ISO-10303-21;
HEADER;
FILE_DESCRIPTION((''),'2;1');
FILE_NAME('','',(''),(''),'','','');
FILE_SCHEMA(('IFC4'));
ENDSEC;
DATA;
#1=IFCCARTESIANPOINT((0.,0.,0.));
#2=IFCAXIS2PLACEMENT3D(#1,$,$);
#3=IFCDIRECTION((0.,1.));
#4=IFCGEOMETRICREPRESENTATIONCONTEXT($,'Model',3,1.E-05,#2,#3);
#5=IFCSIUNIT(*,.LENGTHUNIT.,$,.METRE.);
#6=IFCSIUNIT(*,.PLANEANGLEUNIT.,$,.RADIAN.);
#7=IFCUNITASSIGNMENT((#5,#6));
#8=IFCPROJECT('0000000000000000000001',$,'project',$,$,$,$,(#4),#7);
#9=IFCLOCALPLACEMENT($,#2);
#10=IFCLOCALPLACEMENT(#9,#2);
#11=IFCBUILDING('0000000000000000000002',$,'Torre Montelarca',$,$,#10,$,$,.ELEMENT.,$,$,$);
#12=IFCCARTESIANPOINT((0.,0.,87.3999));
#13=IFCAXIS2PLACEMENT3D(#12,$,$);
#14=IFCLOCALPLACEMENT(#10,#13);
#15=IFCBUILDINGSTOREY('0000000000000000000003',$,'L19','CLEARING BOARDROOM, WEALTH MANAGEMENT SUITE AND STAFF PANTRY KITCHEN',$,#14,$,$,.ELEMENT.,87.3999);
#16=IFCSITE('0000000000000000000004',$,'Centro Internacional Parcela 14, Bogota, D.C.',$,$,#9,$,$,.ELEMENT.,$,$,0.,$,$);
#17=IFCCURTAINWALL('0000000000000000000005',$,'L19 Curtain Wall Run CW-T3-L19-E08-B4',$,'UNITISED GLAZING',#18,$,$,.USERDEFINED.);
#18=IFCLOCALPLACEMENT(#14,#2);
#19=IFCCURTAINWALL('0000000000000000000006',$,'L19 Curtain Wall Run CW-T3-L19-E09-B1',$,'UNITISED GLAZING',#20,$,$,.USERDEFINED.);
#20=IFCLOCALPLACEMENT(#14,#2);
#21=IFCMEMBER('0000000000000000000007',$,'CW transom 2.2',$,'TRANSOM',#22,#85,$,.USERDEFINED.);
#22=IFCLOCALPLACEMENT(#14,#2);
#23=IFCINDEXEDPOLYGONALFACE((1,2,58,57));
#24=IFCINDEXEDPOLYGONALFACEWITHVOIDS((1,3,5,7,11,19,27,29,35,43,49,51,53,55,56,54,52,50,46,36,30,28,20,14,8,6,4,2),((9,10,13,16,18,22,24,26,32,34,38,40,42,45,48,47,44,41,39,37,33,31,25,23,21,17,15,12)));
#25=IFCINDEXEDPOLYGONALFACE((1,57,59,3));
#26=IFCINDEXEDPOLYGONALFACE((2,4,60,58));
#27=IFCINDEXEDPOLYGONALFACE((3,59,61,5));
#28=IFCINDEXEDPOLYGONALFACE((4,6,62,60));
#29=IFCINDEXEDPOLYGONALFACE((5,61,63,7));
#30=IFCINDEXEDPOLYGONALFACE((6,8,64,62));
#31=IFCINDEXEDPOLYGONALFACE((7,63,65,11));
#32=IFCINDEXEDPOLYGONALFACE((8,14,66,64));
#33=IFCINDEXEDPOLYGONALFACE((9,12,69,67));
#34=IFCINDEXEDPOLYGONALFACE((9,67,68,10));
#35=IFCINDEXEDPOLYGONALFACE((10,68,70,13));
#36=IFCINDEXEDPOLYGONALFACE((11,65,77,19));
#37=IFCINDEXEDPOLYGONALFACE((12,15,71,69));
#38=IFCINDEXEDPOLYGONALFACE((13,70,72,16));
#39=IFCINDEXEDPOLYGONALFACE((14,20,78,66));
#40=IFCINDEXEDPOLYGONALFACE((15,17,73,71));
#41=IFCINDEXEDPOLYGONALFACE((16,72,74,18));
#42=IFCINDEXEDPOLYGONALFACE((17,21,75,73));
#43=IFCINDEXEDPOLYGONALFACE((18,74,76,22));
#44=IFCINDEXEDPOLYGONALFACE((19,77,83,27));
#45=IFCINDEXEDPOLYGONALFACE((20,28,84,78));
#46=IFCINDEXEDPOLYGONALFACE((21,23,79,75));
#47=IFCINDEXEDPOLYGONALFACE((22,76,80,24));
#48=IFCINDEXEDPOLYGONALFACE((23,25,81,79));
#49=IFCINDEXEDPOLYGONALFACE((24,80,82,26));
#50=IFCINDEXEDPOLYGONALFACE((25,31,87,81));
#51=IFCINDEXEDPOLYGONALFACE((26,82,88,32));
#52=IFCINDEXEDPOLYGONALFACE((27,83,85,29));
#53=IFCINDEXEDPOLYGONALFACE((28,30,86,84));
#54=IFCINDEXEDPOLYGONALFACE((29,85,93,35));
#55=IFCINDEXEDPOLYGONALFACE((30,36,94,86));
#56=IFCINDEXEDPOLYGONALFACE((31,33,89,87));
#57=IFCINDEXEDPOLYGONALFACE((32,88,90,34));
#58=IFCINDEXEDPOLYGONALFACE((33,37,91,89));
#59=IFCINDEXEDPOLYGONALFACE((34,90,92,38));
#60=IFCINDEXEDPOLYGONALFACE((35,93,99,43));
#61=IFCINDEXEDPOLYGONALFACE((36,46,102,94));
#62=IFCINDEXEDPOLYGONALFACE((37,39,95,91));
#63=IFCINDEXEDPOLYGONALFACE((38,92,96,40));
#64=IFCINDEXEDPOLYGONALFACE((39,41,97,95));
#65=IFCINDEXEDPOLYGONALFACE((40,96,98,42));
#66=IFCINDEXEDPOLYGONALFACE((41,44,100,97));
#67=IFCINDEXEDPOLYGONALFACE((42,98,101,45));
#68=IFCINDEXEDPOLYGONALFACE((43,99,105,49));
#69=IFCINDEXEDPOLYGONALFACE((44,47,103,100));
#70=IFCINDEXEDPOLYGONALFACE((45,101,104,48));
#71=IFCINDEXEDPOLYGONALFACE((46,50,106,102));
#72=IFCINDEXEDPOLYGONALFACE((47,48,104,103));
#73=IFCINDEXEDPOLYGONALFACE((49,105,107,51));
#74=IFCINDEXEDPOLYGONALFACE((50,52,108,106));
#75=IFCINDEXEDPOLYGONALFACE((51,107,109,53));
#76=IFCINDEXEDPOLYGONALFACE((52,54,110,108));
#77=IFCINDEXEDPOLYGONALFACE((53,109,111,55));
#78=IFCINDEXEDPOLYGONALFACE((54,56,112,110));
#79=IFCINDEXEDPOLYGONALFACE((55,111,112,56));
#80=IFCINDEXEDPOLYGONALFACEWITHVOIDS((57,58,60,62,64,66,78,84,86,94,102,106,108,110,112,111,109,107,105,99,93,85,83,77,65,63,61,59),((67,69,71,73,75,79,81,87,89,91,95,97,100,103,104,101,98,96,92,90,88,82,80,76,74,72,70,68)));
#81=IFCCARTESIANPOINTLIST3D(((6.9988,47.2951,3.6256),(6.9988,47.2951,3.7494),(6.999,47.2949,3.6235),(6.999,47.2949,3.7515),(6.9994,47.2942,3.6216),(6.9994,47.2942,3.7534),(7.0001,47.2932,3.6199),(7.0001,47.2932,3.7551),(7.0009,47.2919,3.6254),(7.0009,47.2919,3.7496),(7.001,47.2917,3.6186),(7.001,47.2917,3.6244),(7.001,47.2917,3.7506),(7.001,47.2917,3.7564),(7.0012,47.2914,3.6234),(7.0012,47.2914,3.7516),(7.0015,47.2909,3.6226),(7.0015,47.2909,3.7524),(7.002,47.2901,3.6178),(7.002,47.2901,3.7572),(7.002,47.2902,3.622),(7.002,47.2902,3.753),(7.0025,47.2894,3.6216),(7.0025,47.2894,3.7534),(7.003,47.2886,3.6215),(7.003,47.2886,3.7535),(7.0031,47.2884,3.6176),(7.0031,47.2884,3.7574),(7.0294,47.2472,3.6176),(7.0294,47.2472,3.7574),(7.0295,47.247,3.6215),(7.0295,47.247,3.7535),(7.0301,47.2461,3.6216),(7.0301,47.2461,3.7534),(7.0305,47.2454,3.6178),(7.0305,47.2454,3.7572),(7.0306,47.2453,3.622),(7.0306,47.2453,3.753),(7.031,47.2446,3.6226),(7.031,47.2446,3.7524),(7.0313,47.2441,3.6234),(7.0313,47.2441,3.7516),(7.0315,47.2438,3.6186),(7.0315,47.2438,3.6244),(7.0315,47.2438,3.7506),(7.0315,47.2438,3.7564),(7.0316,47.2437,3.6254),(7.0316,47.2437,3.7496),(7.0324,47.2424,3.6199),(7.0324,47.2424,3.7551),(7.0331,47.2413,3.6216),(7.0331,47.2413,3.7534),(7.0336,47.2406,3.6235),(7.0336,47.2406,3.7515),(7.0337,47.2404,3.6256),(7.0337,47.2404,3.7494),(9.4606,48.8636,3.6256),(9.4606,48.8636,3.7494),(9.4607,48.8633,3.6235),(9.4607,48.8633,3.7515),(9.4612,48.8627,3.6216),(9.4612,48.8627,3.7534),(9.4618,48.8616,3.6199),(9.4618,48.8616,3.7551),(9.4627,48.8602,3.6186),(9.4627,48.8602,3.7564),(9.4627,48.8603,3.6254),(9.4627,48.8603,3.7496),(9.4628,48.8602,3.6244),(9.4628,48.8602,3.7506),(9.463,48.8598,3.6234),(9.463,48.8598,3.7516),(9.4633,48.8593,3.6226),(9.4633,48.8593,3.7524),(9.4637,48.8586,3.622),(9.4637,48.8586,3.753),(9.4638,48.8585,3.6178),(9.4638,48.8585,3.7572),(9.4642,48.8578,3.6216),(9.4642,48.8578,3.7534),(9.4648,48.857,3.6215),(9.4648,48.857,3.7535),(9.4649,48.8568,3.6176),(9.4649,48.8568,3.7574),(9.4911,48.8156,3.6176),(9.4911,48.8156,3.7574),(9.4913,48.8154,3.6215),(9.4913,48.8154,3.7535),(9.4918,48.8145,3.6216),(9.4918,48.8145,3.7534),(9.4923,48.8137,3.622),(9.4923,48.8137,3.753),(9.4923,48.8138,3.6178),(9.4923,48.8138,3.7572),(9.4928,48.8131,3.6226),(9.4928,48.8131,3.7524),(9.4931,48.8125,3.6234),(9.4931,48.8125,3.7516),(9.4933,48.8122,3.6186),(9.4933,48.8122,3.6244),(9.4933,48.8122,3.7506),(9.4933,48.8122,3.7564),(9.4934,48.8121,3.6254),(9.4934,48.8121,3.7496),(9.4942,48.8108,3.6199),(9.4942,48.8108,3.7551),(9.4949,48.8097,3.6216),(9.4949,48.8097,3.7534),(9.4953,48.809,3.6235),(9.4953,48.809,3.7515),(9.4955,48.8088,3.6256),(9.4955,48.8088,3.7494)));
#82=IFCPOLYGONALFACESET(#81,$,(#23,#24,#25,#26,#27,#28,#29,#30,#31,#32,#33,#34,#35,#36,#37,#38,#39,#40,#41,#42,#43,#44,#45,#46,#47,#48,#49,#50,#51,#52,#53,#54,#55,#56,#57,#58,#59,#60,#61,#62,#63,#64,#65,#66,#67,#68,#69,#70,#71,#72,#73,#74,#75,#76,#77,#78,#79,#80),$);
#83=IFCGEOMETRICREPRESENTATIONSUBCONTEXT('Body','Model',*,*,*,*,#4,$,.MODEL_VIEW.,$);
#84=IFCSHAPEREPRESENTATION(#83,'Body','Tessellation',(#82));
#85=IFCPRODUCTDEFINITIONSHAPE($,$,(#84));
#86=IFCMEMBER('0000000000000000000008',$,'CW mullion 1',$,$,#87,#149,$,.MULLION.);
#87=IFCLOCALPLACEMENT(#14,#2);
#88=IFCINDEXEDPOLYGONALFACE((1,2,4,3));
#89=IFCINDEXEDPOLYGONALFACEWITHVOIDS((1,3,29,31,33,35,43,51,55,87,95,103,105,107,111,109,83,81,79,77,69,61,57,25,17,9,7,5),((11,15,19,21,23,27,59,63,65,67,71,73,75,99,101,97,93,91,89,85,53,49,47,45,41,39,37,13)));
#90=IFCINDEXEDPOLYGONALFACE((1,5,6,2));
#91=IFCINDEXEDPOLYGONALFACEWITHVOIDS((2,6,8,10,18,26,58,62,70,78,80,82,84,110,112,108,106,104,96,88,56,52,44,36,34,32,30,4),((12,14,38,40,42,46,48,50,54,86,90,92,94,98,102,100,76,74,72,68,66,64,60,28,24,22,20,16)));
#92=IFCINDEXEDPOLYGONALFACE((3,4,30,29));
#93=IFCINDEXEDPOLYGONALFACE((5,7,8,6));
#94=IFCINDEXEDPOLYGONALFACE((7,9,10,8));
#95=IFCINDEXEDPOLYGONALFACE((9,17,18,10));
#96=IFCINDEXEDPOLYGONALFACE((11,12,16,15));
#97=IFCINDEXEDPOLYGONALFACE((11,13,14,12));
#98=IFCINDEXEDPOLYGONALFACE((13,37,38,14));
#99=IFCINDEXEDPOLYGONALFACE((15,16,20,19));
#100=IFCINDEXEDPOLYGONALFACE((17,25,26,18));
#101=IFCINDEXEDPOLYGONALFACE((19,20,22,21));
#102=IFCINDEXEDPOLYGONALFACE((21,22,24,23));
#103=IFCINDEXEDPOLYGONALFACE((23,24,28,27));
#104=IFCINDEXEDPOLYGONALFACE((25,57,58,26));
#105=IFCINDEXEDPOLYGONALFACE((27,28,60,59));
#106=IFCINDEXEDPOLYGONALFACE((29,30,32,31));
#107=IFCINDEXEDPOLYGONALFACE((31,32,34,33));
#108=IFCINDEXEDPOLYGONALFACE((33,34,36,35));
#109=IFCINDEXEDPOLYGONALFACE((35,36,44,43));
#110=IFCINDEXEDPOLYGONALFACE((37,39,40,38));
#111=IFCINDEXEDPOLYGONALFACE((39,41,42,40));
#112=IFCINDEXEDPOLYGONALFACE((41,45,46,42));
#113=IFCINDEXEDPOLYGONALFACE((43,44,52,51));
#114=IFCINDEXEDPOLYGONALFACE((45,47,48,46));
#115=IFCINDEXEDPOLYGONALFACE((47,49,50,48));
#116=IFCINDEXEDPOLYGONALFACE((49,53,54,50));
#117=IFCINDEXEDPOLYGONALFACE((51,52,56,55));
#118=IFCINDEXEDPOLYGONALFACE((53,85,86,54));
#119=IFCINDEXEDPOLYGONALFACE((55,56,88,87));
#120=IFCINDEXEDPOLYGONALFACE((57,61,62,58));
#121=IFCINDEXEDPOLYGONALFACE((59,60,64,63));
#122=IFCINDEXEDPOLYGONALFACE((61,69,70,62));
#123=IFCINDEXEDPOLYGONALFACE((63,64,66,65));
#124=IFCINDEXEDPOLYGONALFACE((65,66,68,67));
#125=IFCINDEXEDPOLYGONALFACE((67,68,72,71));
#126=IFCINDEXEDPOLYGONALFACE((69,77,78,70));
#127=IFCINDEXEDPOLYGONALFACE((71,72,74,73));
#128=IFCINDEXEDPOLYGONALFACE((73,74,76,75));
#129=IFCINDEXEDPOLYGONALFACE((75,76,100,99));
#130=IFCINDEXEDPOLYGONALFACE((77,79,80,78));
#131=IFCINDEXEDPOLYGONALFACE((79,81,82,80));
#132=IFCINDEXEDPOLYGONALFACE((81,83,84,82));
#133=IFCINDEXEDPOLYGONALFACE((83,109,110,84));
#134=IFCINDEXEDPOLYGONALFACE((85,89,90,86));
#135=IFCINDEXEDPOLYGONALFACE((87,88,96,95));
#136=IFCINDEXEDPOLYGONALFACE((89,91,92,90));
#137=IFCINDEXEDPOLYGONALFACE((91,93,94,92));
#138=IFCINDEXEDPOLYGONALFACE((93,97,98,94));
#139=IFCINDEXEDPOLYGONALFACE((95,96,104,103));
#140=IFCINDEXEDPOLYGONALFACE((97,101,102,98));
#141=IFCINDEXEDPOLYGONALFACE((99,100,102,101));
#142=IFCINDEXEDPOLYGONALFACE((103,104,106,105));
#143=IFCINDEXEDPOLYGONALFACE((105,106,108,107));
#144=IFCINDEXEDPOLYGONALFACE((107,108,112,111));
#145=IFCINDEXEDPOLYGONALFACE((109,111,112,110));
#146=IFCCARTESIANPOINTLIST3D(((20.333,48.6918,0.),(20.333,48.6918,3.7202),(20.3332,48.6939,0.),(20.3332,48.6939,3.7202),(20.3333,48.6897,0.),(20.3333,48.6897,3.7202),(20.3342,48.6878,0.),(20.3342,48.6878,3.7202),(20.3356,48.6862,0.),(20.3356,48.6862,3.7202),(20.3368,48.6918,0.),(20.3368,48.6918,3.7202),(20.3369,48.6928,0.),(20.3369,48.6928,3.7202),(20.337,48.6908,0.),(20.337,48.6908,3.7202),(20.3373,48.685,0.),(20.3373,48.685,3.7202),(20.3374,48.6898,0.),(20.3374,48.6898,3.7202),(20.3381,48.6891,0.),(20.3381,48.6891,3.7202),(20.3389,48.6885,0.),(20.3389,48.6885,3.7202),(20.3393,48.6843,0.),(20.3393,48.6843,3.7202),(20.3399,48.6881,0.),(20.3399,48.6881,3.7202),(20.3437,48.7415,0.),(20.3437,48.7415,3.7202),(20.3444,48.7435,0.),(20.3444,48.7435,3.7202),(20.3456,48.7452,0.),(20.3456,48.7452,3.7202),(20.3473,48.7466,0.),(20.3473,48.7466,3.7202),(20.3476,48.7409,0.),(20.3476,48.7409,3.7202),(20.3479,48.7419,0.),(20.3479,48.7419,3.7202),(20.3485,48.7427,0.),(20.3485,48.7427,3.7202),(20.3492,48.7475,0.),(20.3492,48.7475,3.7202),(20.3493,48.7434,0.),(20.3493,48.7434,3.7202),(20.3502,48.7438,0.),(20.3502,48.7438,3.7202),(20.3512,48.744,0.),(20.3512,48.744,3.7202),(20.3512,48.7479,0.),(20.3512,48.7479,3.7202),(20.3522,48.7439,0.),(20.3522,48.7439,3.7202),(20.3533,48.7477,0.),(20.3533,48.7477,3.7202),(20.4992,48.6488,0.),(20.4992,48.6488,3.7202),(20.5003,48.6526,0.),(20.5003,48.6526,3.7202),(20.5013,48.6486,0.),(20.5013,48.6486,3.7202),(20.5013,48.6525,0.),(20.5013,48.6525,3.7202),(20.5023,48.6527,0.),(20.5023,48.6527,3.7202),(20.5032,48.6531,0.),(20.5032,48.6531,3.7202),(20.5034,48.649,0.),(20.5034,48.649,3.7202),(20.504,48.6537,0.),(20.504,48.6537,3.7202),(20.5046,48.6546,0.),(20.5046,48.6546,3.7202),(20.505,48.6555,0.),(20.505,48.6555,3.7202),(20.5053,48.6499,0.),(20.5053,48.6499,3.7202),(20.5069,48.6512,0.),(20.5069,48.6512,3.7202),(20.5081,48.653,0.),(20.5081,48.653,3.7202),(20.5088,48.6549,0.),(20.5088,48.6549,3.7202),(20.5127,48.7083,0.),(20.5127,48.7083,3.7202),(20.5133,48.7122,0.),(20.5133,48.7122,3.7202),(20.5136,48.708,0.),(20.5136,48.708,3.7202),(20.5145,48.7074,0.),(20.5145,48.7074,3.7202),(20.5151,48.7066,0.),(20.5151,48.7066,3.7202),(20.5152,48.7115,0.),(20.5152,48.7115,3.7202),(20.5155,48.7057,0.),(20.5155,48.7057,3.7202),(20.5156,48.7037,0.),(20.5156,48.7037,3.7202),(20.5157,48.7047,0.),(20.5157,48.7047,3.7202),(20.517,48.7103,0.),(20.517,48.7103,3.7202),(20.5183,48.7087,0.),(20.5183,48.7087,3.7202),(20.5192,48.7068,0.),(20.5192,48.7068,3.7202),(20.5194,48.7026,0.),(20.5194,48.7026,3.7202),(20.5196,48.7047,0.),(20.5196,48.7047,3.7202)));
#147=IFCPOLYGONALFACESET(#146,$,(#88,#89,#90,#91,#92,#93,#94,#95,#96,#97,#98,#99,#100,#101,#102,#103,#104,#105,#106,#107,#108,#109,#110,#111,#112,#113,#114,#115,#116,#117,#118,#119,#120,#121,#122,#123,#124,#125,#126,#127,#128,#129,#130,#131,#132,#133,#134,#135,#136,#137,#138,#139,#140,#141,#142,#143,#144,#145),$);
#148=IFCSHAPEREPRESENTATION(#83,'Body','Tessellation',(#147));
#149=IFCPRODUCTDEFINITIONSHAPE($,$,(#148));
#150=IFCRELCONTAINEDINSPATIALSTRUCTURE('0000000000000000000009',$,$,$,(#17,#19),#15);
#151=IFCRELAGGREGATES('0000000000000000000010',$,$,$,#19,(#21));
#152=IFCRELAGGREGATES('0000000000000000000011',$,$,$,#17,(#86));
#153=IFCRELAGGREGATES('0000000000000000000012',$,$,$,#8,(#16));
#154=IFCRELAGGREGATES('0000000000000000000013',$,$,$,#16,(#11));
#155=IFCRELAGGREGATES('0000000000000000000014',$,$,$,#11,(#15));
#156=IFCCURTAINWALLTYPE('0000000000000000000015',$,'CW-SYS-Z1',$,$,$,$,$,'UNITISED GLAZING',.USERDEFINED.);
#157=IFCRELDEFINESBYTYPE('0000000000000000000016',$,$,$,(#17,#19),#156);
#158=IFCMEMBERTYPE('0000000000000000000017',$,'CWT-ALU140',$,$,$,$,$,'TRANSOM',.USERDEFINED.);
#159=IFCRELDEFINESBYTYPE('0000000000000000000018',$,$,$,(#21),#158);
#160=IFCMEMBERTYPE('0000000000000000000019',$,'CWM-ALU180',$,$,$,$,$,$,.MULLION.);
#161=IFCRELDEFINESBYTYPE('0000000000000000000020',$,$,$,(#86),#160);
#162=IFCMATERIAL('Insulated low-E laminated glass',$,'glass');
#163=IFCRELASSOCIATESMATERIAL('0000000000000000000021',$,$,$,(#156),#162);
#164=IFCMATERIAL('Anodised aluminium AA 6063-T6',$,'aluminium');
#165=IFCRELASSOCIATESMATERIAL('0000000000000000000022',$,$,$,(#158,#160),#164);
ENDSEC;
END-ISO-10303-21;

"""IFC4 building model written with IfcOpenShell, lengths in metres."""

from ifc_helpers import new_model, si_unit, direction, frame, origin, origin_2d, place, context, subcontext, project, spatial, hollow_rectangle, extrude, source, transform, mapped, material, material_profile, profile_set, type_object, element, aggregate, save


model = new_model("IFC4")

# Units and contexts
model_context = context("Model", 3, precision=1e-05, world=origin(), true_north=direction((0.0, 1.0)))
body_context = subcontext(model_context, "Body", "Model", "MODEL_VIEW")
ifc_project = project(units=[si_unit("LENGTHUNIT", "METRE"), si_unit("PLANEANGLEUNIT", "RADIAN")], contexts=[model_context])

# Site, building, storey
site_placement = place(None, origin())
site = spatial("IfcSite", under=ifc_project, at=site_placement, Name="Centro Internacional Parcela 14, Bogota, D.C.", CompositionType="ELEMENT", RefElevation=0.0)
building_placement = place(site_placement, origin())
building = spatial("IfcBuilding", under=site, at=building_placement, Name="Torre Montelarca", CompositionType="ELEMENT")
storey_placement = place(building_placement, frame((0.0, 0.0, 87.3999)))
storey = spatial("IfcBuildingStorey", under=building, at=storey_placement, Name="L19", Description="CLEARING BOARDROOM, WEALTH MANAGEMENT SUITE AND STAFF PANTRY KITCHEN", CompositionType="ELEMENT", Elevation=87.3999)

# Curtain walls, member
ifc_material_1 = material(Name="Insulated low-E laminated glass", Category="glass")
curtain_wall_type = type_object("IfcCurtainWallType", Name="CW-SYS-Z1", ElementType="UNITISED GLAZING", PredefinedType="USERDEFINED", material=ifc_material_1)
curtain_wall_1_placement = place(storey_placement, origin())
curtain_wall_1 = element("IfcCurtainWall", 1, at=curtain_wall_1_placement, inside=storey, type_object=curtain_wall_type, Name="L19 Curtain Wall Run CW-T3-L19-E08-B4", ObjectType="UNITISED GLAZING", PredefinedType="USERDEFINED")
ifc_material_2 = material(Name="Anodised aluminium AA 6063-T6", Category="aluminium")
ifc_material_profile_1 = material_profile(ifc_material_2, hollow_rectangle(XDim=0.0649, YDim=0.1399, WallThickness=0.0039, InnerFilletRadius=0.0039, OuterFilletRadius=0.0081, at=origin_2d()), Name="ALU65X140X4", Category="aluminium")
ifc_profile_set_1 = profile_set([ifc_material_profile_1], Name="Anodised aluminium AA 6063-T6")
member_type_1 = type_object("IfcMemberType", Name="CWT-ALU140", ElementType="TRANSOM", PredefinedType="USERDEFINED", material=ifc_profile_set_1)
curtain_wall_2_placement = place(storey_placement, origin())
curtain_wall_2 = element("IfcCurtainWall", 2, at=curtain_wall_2_placement, inside=storey, type_object=curtain_wall_type, Name="L19 Curtain Wall Run CW-T3-L19-E09-B1", ObjectType="UNITISED GLAZING", PredefinedType="USERDEFINED")
shared_shape_1 = source(origin(), body_context, "Body", "SweptSolid", [
    extrude(hollow_rectangle(XDim=0.0649, YDim=0.1399, WallThickness=0.0039, InnerFilletRadius=0.0039, OuterFilletRadius=0.0081, at=origin_2d()), origin(), (0.0, 0.0, 1.0), 2.9189),
])
member_1_placement = place(storey_placement, frame((9.478, 48.8362, 3.6875), z_axis=(-0.843376, -0.537325, 0.0), x_axis=(0.537325, -0.843376, 0.0)))
member_1 = element("IfcMember", 3, at=member_1_placement, type_object=member_type_1, Name="CW transom 2.2", ObjectType="TRANSOM", PredefinedType="USERDEFINED", context=body_context, shape_type="MappedRepresentation", body=[
    mapped(shared_shape_1, transform((0.0, 0.0, 0.0), scale=1.0)),
])

# Member
ifc_material_profile_2 = material_profile(ifc_material_2, hollow_rectangle(XDim=0.0649, YDim=0.1799, WallThickness=0.0039, InnerFilletRadius=0.0039, OuterFilletRadius=0.0081, at=origin_2d()), Name="ALU65X180X4", Category="aluminium")
ifc_profile_set_2 = profile_set([ifc_material_profile_2], Name="Anodised aluminium AA 6063-T6")
member_type_2 = type_object("IfcMemberType", Name="CWM-ALU180", PredefinedType="MULLION", material=ifc_profile_set_2)
shared_shape_2 = source(origin(), body_context, "Body", "SweptSolid", [
    extrude(hollow_rectangle(XDim=0.0649, YDim=0.1799, WallThickness=0.0039, InnerFilletRadius=0.0039, OuterFilletRadius=0.0081, at=origin_2d()), origin(), (0.0, 0.0, 1.0), 3.7202),
])
member_2_placement = place(storey_placement, frame((20.4263, 48.6982, 0.0), z_axis=(0.0, 0.0, 1.0), x_axis=(-0.216426, -0.976299, 0.0)))
member_2 = element("IfcMember", 4, at=member_2_placement, type_object=member_type_2, Name="CW mullion 1", PredefinedType="MULLION", context=body_context, shape_type="MappedRepresentation", body=[
    mapped(shared_shape_2, transform((0.0, 0.0, 0.0), scale=1.0)),
])

aggregate(curtain_wall_2, [member_1])
aggregate(curtain_wall_1, [member_2])

save(model, "model.ifc")
